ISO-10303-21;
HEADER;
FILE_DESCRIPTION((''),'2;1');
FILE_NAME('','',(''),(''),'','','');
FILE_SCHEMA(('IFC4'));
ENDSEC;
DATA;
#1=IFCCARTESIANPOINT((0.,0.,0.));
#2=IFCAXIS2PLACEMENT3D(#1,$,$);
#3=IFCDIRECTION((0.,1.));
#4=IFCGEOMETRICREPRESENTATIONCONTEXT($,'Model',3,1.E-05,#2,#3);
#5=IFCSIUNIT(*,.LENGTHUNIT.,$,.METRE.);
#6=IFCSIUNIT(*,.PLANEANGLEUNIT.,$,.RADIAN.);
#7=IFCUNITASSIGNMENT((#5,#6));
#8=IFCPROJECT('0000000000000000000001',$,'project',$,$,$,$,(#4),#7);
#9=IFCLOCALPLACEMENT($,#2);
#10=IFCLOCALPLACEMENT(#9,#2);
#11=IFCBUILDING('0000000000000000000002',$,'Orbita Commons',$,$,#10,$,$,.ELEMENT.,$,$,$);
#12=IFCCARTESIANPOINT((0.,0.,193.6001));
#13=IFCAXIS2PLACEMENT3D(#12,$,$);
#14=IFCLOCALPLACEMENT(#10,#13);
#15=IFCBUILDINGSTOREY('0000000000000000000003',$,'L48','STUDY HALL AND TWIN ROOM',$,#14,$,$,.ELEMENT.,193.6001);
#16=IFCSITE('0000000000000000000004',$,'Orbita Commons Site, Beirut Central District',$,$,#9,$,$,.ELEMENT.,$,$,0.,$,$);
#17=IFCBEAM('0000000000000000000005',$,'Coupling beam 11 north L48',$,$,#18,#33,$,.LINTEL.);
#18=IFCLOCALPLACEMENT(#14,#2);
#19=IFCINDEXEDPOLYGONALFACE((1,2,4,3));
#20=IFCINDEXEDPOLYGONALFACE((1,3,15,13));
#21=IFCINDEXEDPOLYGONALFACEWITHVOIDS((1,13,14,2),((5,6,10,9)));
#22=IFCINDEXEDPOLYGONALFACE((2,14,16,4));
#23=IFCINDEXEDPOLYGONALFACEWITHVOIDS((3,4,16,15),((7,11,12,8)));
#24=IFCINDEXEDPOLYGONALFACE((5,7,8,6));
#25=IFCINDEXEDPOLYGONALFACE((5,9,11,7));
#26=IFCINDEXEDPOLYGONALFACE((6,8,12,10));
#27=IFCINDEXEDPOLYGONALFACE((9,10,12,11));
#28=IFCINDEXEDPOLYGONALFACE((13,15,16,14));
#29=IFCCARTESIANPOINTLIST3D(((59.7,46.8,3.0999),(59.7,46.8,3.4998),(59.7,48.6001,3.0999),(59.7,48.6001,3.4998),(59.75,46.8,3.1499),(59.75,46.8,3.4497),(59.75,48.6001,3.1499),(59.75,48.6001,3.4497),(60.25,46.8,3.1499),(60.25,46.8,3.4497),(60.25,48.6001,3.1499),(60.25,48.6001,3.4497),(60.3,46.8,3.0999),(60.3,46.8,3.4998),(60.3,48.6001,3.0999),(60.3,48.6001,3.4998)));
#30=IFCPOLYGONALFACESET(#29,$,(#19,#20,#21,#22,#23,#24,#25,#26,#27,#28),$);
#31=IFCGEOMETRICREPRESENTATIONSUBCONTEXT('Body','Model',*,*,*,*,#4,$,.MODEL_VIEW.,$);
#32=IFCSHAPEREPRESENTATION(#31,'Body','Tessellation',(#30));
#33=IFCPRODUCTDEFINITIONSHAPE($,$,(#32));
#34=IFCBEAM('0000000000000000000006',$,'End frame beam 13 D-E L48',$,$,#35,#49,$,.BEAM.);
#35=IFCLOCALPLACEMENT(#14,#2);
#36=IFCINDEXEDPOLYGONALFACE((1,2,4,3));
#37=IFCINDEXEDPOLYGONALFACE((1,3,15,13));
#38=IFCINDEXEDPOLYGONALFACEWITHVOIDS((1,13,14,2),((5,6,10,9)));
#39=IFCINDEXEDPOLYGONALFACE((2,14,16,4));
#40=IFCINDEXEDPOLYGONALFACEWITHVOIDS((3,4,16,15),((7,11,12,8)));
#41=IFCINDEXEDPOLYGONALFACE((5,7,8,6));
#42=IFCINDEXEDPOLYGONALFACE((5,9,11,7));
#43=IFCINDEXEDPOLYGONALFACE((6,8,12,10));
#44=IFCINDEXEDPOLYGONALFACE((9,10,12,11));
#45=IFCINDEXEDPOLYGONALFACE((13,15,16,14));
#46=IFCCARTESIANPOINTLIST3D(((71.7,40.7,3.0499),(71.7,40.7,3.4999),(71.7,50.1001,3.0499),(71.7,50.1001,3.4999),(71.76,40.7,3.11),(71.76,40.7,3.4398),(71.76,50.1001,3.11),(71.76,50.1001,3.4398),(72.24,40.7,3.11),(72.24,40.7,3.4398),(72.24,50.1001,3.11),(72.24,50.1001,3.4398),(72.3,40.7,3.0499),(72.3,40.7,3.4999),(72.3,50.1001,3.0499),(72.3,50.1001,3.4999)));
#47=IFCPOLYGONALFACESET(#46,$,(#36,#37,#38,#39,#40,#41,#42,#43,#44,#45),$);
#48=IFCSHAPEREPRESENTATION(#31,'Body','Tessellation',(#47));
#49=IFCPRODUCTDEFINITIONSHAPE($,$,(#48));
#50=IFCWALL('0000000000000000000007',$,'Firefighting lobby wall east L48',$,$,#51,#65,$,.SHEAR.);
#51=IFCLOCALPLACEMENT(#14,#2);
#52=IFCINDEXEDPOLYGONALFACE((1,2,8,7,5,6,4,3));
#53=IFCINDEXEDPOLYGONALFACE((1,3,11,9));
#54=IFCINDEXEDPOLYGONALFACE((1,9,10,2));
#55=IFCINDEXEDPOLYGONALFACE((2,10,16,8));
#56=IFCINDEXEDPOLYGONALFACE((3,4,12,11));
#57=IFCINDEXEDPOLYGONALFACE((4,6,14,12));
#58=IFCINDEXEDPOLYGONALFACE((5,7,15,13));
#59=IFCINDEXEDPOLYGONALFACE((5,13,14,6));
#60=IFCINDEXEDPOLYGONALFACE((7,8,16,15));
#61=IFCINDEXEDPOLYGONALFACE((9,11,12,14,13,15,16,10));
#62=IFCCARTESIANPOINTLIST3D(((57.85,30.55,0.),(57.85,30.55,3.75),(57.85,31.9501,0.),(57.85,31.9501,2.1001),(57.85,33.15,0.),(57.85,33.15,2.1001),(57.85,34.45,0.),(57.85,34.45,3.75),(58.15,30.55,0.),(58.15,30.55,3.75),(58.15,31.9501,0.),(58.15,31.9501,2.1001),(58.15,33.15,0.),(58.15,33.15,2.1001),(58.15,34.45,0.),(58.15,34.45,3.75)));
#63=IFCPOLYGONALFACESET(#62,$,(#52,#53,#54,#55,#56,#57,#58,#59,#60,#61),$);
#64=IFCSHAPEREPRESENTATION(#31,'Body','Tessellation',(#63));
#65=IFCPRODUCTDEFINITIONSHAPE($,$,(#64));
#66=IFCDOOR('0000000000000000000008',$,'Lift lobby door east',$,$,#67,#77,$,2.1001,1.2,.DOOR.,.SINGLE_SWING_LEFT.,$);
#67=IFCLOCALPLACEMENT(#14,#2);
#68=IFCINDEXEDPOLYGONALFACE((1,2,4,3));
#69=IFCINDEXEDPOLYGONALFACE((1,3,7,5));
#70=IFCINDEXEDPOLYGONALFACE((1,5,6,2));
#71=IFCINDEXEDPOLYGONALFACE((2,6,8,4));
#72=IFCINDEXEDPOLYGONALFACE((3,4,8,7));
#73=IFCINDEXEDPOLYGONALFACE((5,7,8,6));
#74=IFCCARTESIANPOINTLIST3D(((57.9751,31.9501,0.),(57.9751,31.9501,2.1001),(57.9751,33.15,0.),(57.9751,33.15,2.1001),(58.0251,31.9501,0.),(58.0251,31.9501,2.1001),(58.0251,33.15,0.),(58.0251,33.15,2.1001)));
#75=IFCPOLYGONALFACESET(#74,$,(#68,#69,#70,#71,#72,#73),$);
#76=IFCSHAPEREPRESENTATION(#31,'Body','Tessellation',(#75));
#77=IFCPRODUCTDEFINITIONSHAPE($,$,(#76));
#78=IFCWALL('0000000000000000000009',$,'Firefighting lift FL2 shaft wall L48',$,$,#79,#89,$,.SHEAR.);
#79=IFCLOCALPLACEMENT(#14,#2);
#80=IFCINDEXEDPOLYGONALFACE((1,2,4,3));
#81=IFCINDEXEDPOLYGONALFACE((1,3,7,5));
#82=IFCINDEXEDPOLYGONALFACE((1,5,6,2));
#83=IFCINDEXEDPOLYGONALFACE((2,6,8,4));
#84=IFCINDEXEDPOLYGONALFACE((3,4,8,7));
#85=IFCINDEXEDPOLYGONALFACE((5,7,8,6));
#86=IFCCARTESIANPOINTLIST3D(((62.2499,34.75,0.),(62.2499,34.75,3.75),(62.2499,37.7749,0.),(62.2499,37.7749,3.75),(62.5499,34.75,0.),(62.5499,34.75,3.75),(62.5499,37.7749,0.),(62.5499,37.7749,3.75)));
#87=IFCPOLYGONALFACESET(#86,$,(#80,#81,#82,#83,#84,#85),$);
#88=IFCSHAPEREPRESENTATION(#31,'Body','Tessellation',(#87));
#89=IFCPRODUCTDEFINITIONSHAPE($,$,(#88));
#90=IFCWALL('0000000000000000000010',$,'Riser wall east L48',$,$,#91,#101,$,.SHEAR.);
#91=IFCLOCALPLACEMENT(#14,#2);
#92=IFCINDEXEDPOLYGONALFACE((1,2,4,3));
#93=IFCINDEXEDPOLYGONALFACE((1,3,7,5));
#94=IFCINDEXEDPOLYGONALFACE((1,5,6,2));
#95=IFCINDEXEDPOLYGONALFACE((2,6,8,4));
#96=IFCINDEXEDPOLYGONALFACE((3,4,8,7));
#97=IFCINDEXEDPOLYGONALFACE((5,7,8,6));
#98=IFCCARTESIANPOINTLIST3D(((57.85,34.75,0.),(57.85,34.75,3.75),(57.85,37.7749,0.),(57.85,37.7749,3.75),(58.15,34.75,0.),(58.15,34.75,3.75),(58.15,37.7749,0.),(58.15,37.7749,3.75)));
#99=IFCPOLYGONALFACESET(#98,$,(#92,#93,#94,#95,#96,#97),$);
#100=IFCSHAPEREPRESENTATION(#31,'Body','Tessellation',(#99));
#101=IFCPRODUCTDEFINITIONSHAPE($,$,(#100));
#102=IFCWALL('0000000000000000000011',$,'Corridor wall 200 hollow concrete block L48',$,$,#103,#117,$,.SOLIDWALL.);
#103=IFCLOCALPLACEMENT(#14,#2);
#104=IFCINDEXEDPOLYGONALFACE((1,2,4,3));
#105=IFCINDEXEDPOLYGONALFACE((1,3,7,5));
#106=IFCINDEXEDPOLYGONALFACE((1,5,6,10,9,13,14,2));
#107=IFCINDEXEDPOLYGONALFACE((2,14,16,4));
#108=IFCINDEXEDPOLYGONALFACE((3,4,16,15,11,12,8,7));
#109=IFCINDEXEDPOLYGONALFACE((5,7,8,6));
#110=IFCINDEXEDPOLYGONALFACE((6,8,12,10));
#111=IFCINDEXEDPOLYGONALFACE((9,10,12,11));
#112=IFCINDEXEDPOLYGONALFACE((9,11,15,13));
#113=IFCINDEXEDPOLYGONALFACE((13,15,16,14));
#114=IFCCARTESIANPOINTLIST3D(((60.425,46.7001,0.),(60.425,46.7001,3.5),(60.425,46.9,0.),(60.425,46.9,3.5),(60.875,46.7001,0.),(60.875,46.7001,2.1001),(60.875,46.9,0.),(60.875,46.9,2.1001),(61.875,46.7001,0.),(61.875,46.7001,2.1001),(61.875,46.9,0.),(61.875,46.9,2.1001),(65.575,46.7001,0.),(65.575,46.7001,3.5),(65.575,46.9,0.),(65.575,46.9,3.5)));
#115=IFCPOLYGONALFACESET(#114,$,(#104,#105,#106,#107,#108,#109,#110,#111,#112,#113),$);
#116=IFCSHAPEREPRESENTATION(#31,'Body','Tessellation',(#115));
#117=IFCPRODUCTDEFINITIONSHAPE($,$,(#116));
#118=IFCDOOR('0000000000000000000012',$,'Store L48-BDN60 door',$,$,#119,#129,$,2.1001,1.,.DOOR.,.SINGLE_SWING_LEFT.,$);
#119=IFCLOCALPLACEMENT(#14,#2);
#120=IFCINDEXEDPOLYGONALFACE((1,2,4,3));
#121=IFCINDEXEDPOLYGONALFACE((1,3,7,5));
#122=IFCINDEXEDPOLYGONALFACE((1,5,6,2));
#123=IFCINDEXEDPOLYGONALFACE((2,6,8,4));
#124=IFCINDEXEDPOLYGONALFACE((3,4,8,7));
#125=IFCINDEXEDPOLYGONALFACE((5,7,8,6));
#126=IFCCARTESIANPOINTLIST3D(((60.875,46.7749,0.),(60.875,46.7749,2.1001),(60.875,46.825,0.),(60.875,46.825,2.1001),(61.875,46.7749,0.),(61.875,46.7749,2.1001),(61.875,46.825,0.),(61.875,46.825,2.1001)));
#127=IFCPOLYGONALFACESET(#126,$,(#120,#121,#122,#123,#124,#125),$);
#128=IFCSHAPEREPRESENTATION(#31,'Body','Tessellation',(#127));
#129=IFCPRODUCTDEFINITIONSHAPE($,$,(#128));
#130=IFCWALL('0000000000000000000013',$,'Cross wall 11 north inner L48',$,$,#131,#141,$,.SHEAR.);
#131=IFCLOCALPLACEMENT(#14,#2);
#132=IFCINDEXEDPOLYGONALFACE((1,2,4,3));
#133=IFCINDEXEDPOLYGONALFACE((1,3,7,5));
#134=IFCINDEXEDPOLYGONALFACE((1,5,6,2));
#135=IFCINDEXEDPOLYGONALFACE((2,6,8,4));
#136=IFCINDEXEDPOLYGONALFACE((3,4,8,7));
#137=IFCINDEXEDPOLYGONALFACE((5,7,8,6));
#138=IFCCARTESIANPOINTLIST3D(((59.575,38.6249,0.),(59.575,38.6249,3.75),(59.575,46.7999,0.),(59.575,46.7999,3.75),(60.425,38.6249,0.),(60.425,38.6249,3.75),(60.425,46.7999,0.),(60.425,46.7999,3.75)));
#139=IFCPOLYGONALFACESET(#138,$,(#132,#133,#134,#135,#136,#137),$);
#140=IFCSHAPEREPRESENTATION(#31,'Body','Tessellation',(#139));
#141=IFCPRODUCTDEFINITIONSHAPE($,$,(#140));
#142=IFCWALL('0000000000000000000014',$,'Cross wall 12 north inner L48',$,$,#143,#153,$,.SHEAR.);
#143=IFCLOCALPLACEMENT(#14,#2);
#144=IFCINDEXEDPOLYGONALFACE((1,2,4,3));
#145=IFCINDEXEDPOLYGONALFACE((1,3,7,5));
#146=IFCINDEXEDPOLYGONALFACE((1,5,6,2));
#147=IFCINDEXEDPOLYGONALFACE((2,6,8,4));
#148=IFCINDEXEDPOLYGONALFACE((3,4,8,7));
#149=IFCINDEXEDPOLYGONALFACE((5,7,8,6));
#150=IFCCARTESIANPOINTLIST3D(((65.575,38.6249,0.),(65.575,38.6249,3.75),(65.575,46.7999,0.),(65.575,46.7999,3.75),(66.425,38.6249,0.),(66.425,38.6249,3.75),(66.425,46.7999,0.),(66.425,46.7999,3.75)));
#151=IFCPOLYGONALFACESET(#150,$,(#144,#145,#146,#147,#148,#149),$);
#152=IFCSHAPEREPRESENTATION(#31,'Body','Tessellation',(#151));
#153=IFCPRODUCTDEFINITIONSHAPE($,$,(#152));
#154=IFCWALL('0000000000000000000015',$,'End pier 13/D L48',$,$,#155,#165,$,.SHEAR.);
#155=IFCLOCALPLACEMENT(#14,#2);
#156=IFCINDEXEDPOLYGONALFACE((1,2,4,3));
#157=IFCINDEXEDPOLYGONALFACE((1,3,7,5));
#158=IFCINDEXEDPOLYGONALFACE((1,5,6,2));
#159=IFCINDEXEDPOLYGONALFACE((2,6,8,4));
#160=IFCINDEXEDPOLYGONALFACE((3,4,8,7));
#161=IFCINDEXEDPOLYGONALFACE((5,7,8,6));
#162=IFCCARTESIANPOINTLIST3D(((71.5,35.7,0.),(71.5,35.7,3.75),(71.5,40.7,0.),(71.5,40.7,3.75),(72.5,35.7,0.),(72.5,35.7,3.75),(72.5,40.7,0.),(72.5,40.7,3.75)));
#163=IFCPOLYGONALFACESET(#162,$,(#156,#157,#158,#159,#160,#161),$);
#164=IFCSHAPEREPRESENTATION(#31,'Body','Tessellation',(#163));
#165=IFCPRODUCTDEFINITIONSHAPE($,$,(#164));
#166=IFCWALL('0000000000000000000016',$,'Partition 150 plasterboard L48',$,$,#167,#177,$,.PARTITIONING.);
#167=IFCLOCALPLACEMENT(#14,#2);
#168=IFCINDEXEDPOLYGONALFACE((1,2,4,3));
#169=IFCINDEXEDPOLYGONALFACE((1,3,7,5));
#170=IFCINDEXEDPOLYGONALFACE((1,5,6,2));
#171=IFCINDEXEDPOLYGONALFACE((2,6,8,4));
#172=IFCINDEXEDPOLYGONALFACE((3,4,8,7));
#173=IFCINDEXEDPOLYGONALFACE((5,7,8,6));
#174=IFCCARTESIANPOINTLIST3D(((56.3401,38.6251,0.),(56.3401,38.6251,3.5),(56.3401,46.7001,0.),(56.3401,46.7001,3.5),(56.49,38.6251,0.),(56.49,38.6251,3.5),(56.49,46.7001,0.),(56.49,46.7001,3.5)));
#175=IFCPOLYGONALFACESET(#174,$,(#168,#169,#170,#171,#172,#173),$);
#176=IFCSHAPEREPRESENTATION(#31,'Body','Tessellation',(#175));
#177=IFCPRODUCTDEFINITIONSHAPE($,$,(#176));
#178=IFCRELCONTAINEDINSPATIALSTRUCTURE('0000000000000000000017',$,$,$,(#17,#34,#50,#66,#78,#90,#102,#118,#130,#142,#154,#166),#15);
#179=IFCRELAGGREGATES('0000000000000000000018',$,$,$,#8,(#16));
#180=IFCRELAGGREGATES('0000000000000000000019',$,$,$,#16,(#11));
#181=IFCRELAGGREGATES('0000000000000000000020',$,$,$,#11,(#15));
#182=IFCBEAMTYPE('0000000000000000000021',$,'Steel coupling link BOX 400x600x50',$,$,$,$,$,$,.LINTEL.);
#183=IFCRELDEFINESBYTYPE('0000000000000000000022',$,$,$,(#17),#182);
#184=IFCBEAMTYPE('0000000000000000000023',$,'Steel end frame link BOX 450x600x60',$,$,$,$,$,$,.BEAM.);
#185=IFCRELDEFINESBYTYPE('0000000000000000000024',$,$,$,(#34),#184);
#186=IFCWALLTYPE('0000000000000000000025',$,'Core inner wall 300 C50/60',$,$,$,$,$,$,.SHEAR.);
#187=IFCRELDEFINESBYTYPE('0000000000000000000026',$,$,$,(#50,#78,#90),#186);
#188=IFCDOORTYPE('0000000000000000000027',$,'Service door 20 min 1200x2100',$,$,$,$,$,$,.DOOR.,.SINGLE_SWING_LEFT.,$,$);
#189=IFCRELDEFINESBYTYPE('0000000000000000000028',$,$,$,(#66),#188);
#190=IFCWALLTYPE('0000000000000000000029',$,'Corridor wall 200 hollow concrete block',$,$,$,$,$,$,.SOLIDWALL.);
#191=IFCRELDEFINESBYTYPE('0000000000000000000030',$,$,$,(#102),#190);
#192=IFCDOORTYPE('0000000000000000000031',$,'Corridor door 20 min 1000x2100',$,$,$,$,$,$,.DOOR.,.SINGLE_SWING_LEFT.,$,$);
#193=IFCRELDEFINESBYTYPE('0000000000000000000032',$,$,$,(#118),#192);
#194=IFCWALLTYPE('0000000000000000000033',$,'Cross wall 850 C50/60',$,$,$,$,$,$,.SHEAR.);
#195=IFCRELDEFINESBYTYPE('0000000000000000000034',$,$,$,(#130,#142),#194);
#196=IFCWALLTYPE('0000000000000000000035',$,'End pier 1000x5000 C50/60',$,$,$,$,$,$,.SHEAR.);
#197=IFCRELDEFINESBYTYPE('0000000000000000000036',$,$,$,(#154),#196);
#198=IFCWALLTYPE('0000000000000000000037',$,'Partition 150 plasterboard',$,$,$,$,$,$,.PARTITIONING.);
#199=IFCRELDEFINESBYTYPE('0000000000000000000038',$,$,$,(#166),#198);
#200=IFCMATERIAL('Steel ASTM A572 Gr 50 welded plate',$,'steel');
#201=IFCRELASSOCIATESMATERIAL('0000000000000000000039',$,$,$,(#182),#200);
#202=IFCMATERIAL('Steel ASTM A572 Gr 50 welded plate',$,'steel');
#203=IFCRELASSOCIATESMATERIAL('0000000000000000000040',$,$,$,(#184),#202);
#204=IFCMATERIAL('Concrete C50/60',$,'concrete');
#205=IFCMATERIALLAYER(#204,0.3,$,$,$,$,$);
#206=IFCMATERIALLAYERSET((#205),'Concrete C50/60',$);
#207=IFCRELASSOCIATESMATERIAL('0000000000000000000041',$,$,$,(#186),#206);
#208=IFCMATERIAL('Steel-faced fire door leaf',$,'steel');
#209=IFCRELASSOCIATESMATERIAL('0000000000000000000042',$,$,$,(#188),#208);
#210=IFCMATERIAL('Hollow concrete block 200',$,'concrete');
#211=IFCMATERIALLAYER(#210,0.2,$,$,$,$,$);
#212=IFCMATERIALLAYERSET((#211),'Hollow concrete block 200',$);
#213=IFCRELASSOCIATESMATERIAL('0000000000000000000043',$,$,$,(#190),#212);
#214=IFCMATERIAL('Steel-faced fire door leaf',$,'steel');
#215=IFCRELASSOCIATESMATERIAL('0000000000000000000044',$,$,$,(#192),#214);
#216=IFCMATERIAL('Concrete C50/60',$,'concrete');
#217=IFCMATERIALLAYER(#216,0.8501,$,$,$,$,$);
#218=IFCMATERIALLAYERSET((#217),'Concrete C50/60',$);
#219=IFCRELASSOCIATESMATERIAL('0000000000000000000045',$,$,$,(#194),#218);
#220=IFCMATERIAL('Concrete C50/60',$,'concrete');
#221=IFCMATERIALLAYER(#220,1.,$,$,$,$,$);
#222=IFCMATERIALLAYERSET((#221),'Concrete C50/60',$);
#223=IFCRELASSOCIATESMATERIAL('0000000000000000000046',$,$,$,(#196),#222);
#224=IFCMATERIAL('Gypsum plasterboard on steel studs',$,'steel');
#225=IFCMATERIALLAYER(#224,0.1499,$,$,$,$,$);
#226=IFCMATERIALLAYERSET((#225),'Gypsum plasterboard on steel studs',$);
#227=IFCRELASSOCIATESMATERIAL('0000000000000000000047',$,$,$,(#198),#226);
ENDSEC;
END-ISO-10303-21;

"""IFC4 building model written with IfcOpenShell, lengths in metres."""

from ifc_helpers import new_model, si_unit, direction, frame, frame_2d, origin, origin_2d, place, context, subcontext, project, spatial, rectangle, hollow_rectangle, extrude, material, layer, layer_set, material_profile, profile_set, type_object, element, fill, save


model = new_model("IFC4")

# Units and contexts
model_context = context("Model", 3, precision=1e-05, world=origin(), true_north=direction((0.0, 1.0)))
body_context = subcontext(model_context, "Body", "Model", "MODEL_VIEW")
ifc_project = project(units=[si_unit("LENGTHUNIT", "METRE"), si_unit("PLANEANGLEUNIT", "RADIAN")], contexts=[model_context])

# Site, building, storey
site_placement = place(None, origin())
site = spatial("IfcSite", under=ifc_project, at=site_placement, Name="Orbita Commons Site, Beirut Central District", CompositionType="ELEMENT", RefElevation=0.0)
building_placement = place(site_placement, origin())
building = spatial("IfcBuilding", under=site, at=building_placement, Name="Orbita Commons", CompositionType="ELEMENT")
storey_placement = place(building_placement, frame((0.0, 0.0, 193.6001)))
storey = spatial("IfcBuildingStorey", under=building, at=storey_placement, Name="L48", Description="STUDY HALL AND TWIN ROOM", CompositionType="ELEMENT", Elevation=193.6001)

# Beams
ifc_material_1 = material(Name="Steel ASTM A572 Gr 50 welded plate", Category="steel")
ifc_material_profile_1 = material_profile(ifc_material_1, hollow_rectangle(XDim=0.6001, YDim=0.3999, WallThickness=0.05, at=origin_2d()), Name="BOX 400x600x50")
ifc_profile_set_1 = profile_set([ifc_material_profile_1], Name="Steel ASTM A572 Gr 50 welded plate")
beam_type_1 = type_object("IfcBeamType", Name="Steel coupling link BOX 400x600x50", PredefinedType="LINTEL", material=ifc_profile_set_1)
beam_1_placement = place(storey_placement, frame((60.0, 46.8, 3.2998), z_axis=(0.0, 1.0, 0.0), x_axis=(-1.0, 0.0, 0.0)))
element("IfcBeam", 1, at=beam_1_placement, inside=storey, type_object=beam_type_1, Name="Coupling beam 11 north L48", PredefinedType="LINTEL", context=body_context, shape_type="SweptSolid", body=[
    extrude(hollow_rectangle(XDim=0.6001, YDim=0.3999, WallThickness=0.05, at=origin_2d()), origin(), (0.0, 0.0, 1.0), 1.8),
])
ifc_material_2 = material(Name="Steel ASTM A572 Gr 50 welded plate", Category="steel")
ifc_material_profile_2 = material_profile(ifc_material_2, hollow_rectangle(XDim=0.6001, YDim=0.45, WallThickness=0.0601, at=origin_2d()), Name="BOX 450x600x60")
ifc_profile_set_2 = profile_set([ifc_material_profile_2], Name="Steel ASTM A572 Gr 50 welded plate")
beam_type_2 = type_object("IfcBeamType", Name="Steel end frame link BOX 450x600x60", PredefinedType="BEAM", material=ifc_profile_set_2)
beam_2_placement = place(storey_placement, frame((72.0, 40.7, 3.2749), z_axis=(0.0, 1.0, 0.0), x_axis=(-1.0, 0.0, 0.0)))
element("IfcBeam", 2, at=beam_2_placement, inside=storey, type_object=beam_type_2, Name="End frame beam 13 D-E L48", PredefinedType="BEAM", context=body_context, shape_type="SweptSolid", body=[
    extrude(hollow_rectangle(XDim=0.6001, YDim=0.45, WallThickness=0.0601, at=origin_2d()), origin(), (0.0, 0.0, 1.0), 9.4001),
])

# Wall, opening, door
ifc_material_3 = material(Name="Concrete C50/60", Category="concrete")
ifc_layer_1 = layer(ifc_material_3, 0.3)
ifc_layer_set_1 = layer_set([ifc_layer_1], Name="Concrete C50/60")
wall_type_1 = type_object("IfcWallType", Name="Core inner wall 300 C50/60", PredefinedType="SHEAR", material=ifc_layer_set_1)
wall_1_placement = place(storey_placement, frame((58.0, 30.55, 0.0), z_axis=(0.0, 0.0, 1.0), x_axis=(0.0, 1.0, 0.0)))
wall_1 = element("IfcWall", 3, at=wall_1_placement, inside=storey, type_object=wall_type_1, Name="Firefighting lobby wall east L48", PredefinedType="SHEAR", context=body_context, shape_type="SweptSolid", body=[
    extrude(rectangle(XDim=3.8999, YDim=0.3, at=frame_2d((1.95, 0.0))), origin(), (0.0, 0.0, 1.0), 3.75),
])
opening_1_placement = place(wall_1_placement, frame((1.3999, 0.0, 0.0)))
opening_1 = element("IfcOpeningElement", 4, at=opening_1_placement, cuts=wall_1, PredefinedType="OPENING", context=body_context, shape_type="SweptSolid", body=[
    extrude(rectangle(XDim=1.2, YDim=2.1001, at=frame_2d((0.6001, 1.05))), frame((0.0, 0.1599, 0.0), z_axis=(0.0, -1.0, 0.0), x_axis=(1.0, 0.0, 0.0)), (0.0, 0.0, 1.0), 0.3201),
])
ifc_material_4 = material(Name="Steel-faced fire door leaf", Category="steel")
door_type_1 = type_object("IfcDoorType", Name="Service door 20 min 1200x2100", OperationType="SINGLE_SWING_LEFT", PredefinedType="DOOR", material=ifc_material_4)
door_1_placement = place(opening_1_placement, origin())
door_1 = element("IfcDoor", 5, at=door_1_placement, inside=storey, type_object=door_type_1, Name="Lift lobby door east", OperationType="SINGLE_SWING_LEFT", OverallHeight=2.1001, OverallWidth=1.2, PredefinedType="DOOR", context=body_context, shape_type="SweptSolid", body=[
    extrude(rectangle(XDim=1.2, YDim=2.1001, at=frame_2d((0.6001, 1.05))), frame((0.0, 0.0249, 0.0), z_axis=(0.0, -1.0, 0.0), x_axis=(1.0, 0.0, 0.0)), (0.0, 0.0, 1.0), 0.05),
])
fill(opening_1, door_1)

# Walls
for number, where, z_axis, x_axis, name in (
    (6, (62.3999, 34.75, 0.0), (0.0, 0.0, 1.0), (0.0, 1.0, 0.0), "Firefighting lift FL2 shaft wall L48"),
    (7, (58.0, 34.75, 0.0), (0.0, 0.0, 1.0), (0.0, 1.0, 0.0), "Riser wall east L48"),
):
    element("IfcWall", number, at=place(storey_placement, frame(where, z_axis=z_axis, x_axis=x_axis)), inside=storey, type_object=wall_type_1, Name=name, PredefinedType="SHEAR", context=body_context, shape_type="SweptSolid", body=[
        extrude(rectangle(XDim=3.0249, YDim=0.3, at=frame_2d((1.5125, 0.0))), origin(), (0.0, 0.0, 1.0), 3.75),
    ])

# Wall, opening, door
ifc_material_5 = material(Name="Hollow concrete block 200", Category="concrete")
ifc_layer_2 = layer(ifc_material_5, 0.2)
ifc_layer_set_2 = layer_set([ifc_layer_2], Name="Hollow concrete block 200")
wall_type_2 = type_object("IfcWallType", Name="Corridor wall 200 hollow concrete block", PredefinedType="SOLIDWALL", material=ifc_layer_set_2)
wall_2_placement = place(storey_placement, frame((60.425, 46.8, 0.0), z_axis=(0.0, 0.0, 1.0), x_axis=(1.0, 0.0, 0.0)))
wall_2 = element("IfcWall", 8, at=wall_2_placement, inside=storey, type_object=wall_type_2, Name="Corridor wall 200 hollow concrete block L48", PredefinedType="SOLIDWALL", context=body_context, shape_type="SweptSolid", body=[
    extrude(rectangle(XDim=5.1499, YDim=0.2, at=frame_2d((2.575, 0.0))), origin(), (0.0, 0.0, 1.0), 3.5),
])
opening_2_placement = place(wall_2_placement, frame((0.45, 0.0, 0.0)))
opening_2 = element("IfcOpeningElement", 9, at=opening_2_placement, cuts=wall_2, PredefinedType="OPENING", context=body_context, shape_type="SweptSolid", body=[
    extrude(rectangle(XDim=1.0, YDim=2.1001, at=frame_2d((0.5, 1.05))), frame((0.0, 0.1099, 0.0), z_axis=(0.0, -1.0, 0.0), x_axis=(1.0, 0.0, 0.0)), (0.0, 0.0, 1.0), 0.22),
])
ifc_material_6 = material(Name="Steel-faced fire door leaf", Category="steel")
door_type_2 = type_object("IfcDoorType", Name="Corridor door 20 min 1000x2100", OperationType="SINGLE_SWING_LEFT", PredefinedType="DOOR", material=ifc_material_6)
door_2_placement = place(opening_2_placement, origin())
door_2 = element("IfcDoor", 10, at=door_2_placement, inside=storey, type_object=door_type_2, Name="Store L48-BDN60 door", OperationType="SINGLE_SWING_LEFT", OverallHeight=2.1001, OverallWidth=1.0, PredefinedType="DOOR", context=body_context, shape_type="SweptSolid", body=[
    extrude(rectangle(XDim=1.0, YDim=2.1001, at=frame_2d((0.5, 1.05))), frame((0.0, 0.0249, 0.0), z_axis=(0.0, -1.0, 0.0), x_axis=(1.0, 0.0, 0.0)), (0.0, 0.0, 1.0), 0.05),
])
fill(opening_2, door_2)

# Walls
ifc_material_7 = material(Name="Concrete C50/60", Category="concrete")
ifc_layer_3 = layer(ifc_material_7, 0.8501)
ifc_layer_set_3 = layer_set([ifc_layer_3], Name="Concrete C50/60")
wall_type_3 = type_object("IfcWallType", Name="Cross wall 850 C50/60", PredefinedType="SHEAR", material=ifc_layer_set_3)
for number, where, z_axis, x_axis, name in (
    (11, (60.0, 38.625, 0.0), (0.0, 0.0, 1.0), (0.0, 1.0, 0.0), "Cross wall 11 north inner L48"),
    (12, (66.0, 38.625, 0.0), (0.0, 0.0, 1.0), (0.0, 1.0, 0.0), "Cross wall 12 north inner L48"),
):
    element("IfcWall", number, at=place(storey_placement, frame(where, z_axis=z_axis, x_axis=x_axis)), inside=storey, type_object=wall_type_3, Name=name, PredefinedType="SHEAR", context=body_context, shape_type="SweptSolid", body=[
        extrude(rectangle(XDim=8.175, YDim=0.8501, at=frame_2d((4.0874, 0.0))), origin(), (0.0, 0.0, 1.0), 3.75),
    ])
ifc_material_8 = material(Name="Concrete C50/60", Category="concrete")
ifc_layer_4 = layer(ifc_material_8, 1.0)
ifc_layer_set_4 = layer_set([ifc_layer_4], Name="Concrete C50/60")
wall_type_4 = type_object("IfcWallType", Name="End pier 1000x5000 C50/60", PredefinedType="SHEAR", material=ifc_layer_set_4)
wall_3_placement = place(storey_placement, frame((72.0, 35.7, 0.0), z_axis=(0.0, 0.0, 1.0), x_axis=(0.0, 1.0, 0.0)))
element("IfcWall", 13, at=wall_3_placement, inside=storey, type_object=wall_type_4, Name="End pier 13/D L48", PredefinedType="SHEAR", context=body_context, shape_type="SweptSolid", body=[
    extrude(rectangle(XDim=5.0, YDim=1.0, at=frame_2d((2.5, 0.0))), origin(), (0.0, 0.0, 1.0), 3.75),
])
ifc_material_9 = material(Name="Gypsum plasterboard on steel studs", Category="steel")
ifc_layer_5 = layer(ifc_material_9, 0.1499)
ifc_layer_set_5 = layer_set([ifc_layer_5], Name="Gypsum plasterboard on steel studs")
wall_type_5 = type_object("IfcWallType", Name="Partition 150 plasterboard", PredefinedType="PARTITIONING", material=ifc_layer_set_5)
wall_4_placement = place(storey_placement, frame((56.415, 38.625, 0.0), z_axis=(0.0, 0.0, 1.0), x_axis=(0.0, 1.0, 0.0)))
element("IfcWall", 14, at=wall_4_placement, inside=storey, type_object=wall_type_5, Name="Partition 150 plasterboard L48", PredefinedType="PARTITIONING", context=body_context, shape_type="SweptSolid", body=[
    extrude(rectangle(XDim=8.075, YDim=0.1499, at=frame_2d((4.0376, 0.0))), origin(), (0.0, 0.0, 1.0), 3.5),
])

save(model, "model.ifc")
